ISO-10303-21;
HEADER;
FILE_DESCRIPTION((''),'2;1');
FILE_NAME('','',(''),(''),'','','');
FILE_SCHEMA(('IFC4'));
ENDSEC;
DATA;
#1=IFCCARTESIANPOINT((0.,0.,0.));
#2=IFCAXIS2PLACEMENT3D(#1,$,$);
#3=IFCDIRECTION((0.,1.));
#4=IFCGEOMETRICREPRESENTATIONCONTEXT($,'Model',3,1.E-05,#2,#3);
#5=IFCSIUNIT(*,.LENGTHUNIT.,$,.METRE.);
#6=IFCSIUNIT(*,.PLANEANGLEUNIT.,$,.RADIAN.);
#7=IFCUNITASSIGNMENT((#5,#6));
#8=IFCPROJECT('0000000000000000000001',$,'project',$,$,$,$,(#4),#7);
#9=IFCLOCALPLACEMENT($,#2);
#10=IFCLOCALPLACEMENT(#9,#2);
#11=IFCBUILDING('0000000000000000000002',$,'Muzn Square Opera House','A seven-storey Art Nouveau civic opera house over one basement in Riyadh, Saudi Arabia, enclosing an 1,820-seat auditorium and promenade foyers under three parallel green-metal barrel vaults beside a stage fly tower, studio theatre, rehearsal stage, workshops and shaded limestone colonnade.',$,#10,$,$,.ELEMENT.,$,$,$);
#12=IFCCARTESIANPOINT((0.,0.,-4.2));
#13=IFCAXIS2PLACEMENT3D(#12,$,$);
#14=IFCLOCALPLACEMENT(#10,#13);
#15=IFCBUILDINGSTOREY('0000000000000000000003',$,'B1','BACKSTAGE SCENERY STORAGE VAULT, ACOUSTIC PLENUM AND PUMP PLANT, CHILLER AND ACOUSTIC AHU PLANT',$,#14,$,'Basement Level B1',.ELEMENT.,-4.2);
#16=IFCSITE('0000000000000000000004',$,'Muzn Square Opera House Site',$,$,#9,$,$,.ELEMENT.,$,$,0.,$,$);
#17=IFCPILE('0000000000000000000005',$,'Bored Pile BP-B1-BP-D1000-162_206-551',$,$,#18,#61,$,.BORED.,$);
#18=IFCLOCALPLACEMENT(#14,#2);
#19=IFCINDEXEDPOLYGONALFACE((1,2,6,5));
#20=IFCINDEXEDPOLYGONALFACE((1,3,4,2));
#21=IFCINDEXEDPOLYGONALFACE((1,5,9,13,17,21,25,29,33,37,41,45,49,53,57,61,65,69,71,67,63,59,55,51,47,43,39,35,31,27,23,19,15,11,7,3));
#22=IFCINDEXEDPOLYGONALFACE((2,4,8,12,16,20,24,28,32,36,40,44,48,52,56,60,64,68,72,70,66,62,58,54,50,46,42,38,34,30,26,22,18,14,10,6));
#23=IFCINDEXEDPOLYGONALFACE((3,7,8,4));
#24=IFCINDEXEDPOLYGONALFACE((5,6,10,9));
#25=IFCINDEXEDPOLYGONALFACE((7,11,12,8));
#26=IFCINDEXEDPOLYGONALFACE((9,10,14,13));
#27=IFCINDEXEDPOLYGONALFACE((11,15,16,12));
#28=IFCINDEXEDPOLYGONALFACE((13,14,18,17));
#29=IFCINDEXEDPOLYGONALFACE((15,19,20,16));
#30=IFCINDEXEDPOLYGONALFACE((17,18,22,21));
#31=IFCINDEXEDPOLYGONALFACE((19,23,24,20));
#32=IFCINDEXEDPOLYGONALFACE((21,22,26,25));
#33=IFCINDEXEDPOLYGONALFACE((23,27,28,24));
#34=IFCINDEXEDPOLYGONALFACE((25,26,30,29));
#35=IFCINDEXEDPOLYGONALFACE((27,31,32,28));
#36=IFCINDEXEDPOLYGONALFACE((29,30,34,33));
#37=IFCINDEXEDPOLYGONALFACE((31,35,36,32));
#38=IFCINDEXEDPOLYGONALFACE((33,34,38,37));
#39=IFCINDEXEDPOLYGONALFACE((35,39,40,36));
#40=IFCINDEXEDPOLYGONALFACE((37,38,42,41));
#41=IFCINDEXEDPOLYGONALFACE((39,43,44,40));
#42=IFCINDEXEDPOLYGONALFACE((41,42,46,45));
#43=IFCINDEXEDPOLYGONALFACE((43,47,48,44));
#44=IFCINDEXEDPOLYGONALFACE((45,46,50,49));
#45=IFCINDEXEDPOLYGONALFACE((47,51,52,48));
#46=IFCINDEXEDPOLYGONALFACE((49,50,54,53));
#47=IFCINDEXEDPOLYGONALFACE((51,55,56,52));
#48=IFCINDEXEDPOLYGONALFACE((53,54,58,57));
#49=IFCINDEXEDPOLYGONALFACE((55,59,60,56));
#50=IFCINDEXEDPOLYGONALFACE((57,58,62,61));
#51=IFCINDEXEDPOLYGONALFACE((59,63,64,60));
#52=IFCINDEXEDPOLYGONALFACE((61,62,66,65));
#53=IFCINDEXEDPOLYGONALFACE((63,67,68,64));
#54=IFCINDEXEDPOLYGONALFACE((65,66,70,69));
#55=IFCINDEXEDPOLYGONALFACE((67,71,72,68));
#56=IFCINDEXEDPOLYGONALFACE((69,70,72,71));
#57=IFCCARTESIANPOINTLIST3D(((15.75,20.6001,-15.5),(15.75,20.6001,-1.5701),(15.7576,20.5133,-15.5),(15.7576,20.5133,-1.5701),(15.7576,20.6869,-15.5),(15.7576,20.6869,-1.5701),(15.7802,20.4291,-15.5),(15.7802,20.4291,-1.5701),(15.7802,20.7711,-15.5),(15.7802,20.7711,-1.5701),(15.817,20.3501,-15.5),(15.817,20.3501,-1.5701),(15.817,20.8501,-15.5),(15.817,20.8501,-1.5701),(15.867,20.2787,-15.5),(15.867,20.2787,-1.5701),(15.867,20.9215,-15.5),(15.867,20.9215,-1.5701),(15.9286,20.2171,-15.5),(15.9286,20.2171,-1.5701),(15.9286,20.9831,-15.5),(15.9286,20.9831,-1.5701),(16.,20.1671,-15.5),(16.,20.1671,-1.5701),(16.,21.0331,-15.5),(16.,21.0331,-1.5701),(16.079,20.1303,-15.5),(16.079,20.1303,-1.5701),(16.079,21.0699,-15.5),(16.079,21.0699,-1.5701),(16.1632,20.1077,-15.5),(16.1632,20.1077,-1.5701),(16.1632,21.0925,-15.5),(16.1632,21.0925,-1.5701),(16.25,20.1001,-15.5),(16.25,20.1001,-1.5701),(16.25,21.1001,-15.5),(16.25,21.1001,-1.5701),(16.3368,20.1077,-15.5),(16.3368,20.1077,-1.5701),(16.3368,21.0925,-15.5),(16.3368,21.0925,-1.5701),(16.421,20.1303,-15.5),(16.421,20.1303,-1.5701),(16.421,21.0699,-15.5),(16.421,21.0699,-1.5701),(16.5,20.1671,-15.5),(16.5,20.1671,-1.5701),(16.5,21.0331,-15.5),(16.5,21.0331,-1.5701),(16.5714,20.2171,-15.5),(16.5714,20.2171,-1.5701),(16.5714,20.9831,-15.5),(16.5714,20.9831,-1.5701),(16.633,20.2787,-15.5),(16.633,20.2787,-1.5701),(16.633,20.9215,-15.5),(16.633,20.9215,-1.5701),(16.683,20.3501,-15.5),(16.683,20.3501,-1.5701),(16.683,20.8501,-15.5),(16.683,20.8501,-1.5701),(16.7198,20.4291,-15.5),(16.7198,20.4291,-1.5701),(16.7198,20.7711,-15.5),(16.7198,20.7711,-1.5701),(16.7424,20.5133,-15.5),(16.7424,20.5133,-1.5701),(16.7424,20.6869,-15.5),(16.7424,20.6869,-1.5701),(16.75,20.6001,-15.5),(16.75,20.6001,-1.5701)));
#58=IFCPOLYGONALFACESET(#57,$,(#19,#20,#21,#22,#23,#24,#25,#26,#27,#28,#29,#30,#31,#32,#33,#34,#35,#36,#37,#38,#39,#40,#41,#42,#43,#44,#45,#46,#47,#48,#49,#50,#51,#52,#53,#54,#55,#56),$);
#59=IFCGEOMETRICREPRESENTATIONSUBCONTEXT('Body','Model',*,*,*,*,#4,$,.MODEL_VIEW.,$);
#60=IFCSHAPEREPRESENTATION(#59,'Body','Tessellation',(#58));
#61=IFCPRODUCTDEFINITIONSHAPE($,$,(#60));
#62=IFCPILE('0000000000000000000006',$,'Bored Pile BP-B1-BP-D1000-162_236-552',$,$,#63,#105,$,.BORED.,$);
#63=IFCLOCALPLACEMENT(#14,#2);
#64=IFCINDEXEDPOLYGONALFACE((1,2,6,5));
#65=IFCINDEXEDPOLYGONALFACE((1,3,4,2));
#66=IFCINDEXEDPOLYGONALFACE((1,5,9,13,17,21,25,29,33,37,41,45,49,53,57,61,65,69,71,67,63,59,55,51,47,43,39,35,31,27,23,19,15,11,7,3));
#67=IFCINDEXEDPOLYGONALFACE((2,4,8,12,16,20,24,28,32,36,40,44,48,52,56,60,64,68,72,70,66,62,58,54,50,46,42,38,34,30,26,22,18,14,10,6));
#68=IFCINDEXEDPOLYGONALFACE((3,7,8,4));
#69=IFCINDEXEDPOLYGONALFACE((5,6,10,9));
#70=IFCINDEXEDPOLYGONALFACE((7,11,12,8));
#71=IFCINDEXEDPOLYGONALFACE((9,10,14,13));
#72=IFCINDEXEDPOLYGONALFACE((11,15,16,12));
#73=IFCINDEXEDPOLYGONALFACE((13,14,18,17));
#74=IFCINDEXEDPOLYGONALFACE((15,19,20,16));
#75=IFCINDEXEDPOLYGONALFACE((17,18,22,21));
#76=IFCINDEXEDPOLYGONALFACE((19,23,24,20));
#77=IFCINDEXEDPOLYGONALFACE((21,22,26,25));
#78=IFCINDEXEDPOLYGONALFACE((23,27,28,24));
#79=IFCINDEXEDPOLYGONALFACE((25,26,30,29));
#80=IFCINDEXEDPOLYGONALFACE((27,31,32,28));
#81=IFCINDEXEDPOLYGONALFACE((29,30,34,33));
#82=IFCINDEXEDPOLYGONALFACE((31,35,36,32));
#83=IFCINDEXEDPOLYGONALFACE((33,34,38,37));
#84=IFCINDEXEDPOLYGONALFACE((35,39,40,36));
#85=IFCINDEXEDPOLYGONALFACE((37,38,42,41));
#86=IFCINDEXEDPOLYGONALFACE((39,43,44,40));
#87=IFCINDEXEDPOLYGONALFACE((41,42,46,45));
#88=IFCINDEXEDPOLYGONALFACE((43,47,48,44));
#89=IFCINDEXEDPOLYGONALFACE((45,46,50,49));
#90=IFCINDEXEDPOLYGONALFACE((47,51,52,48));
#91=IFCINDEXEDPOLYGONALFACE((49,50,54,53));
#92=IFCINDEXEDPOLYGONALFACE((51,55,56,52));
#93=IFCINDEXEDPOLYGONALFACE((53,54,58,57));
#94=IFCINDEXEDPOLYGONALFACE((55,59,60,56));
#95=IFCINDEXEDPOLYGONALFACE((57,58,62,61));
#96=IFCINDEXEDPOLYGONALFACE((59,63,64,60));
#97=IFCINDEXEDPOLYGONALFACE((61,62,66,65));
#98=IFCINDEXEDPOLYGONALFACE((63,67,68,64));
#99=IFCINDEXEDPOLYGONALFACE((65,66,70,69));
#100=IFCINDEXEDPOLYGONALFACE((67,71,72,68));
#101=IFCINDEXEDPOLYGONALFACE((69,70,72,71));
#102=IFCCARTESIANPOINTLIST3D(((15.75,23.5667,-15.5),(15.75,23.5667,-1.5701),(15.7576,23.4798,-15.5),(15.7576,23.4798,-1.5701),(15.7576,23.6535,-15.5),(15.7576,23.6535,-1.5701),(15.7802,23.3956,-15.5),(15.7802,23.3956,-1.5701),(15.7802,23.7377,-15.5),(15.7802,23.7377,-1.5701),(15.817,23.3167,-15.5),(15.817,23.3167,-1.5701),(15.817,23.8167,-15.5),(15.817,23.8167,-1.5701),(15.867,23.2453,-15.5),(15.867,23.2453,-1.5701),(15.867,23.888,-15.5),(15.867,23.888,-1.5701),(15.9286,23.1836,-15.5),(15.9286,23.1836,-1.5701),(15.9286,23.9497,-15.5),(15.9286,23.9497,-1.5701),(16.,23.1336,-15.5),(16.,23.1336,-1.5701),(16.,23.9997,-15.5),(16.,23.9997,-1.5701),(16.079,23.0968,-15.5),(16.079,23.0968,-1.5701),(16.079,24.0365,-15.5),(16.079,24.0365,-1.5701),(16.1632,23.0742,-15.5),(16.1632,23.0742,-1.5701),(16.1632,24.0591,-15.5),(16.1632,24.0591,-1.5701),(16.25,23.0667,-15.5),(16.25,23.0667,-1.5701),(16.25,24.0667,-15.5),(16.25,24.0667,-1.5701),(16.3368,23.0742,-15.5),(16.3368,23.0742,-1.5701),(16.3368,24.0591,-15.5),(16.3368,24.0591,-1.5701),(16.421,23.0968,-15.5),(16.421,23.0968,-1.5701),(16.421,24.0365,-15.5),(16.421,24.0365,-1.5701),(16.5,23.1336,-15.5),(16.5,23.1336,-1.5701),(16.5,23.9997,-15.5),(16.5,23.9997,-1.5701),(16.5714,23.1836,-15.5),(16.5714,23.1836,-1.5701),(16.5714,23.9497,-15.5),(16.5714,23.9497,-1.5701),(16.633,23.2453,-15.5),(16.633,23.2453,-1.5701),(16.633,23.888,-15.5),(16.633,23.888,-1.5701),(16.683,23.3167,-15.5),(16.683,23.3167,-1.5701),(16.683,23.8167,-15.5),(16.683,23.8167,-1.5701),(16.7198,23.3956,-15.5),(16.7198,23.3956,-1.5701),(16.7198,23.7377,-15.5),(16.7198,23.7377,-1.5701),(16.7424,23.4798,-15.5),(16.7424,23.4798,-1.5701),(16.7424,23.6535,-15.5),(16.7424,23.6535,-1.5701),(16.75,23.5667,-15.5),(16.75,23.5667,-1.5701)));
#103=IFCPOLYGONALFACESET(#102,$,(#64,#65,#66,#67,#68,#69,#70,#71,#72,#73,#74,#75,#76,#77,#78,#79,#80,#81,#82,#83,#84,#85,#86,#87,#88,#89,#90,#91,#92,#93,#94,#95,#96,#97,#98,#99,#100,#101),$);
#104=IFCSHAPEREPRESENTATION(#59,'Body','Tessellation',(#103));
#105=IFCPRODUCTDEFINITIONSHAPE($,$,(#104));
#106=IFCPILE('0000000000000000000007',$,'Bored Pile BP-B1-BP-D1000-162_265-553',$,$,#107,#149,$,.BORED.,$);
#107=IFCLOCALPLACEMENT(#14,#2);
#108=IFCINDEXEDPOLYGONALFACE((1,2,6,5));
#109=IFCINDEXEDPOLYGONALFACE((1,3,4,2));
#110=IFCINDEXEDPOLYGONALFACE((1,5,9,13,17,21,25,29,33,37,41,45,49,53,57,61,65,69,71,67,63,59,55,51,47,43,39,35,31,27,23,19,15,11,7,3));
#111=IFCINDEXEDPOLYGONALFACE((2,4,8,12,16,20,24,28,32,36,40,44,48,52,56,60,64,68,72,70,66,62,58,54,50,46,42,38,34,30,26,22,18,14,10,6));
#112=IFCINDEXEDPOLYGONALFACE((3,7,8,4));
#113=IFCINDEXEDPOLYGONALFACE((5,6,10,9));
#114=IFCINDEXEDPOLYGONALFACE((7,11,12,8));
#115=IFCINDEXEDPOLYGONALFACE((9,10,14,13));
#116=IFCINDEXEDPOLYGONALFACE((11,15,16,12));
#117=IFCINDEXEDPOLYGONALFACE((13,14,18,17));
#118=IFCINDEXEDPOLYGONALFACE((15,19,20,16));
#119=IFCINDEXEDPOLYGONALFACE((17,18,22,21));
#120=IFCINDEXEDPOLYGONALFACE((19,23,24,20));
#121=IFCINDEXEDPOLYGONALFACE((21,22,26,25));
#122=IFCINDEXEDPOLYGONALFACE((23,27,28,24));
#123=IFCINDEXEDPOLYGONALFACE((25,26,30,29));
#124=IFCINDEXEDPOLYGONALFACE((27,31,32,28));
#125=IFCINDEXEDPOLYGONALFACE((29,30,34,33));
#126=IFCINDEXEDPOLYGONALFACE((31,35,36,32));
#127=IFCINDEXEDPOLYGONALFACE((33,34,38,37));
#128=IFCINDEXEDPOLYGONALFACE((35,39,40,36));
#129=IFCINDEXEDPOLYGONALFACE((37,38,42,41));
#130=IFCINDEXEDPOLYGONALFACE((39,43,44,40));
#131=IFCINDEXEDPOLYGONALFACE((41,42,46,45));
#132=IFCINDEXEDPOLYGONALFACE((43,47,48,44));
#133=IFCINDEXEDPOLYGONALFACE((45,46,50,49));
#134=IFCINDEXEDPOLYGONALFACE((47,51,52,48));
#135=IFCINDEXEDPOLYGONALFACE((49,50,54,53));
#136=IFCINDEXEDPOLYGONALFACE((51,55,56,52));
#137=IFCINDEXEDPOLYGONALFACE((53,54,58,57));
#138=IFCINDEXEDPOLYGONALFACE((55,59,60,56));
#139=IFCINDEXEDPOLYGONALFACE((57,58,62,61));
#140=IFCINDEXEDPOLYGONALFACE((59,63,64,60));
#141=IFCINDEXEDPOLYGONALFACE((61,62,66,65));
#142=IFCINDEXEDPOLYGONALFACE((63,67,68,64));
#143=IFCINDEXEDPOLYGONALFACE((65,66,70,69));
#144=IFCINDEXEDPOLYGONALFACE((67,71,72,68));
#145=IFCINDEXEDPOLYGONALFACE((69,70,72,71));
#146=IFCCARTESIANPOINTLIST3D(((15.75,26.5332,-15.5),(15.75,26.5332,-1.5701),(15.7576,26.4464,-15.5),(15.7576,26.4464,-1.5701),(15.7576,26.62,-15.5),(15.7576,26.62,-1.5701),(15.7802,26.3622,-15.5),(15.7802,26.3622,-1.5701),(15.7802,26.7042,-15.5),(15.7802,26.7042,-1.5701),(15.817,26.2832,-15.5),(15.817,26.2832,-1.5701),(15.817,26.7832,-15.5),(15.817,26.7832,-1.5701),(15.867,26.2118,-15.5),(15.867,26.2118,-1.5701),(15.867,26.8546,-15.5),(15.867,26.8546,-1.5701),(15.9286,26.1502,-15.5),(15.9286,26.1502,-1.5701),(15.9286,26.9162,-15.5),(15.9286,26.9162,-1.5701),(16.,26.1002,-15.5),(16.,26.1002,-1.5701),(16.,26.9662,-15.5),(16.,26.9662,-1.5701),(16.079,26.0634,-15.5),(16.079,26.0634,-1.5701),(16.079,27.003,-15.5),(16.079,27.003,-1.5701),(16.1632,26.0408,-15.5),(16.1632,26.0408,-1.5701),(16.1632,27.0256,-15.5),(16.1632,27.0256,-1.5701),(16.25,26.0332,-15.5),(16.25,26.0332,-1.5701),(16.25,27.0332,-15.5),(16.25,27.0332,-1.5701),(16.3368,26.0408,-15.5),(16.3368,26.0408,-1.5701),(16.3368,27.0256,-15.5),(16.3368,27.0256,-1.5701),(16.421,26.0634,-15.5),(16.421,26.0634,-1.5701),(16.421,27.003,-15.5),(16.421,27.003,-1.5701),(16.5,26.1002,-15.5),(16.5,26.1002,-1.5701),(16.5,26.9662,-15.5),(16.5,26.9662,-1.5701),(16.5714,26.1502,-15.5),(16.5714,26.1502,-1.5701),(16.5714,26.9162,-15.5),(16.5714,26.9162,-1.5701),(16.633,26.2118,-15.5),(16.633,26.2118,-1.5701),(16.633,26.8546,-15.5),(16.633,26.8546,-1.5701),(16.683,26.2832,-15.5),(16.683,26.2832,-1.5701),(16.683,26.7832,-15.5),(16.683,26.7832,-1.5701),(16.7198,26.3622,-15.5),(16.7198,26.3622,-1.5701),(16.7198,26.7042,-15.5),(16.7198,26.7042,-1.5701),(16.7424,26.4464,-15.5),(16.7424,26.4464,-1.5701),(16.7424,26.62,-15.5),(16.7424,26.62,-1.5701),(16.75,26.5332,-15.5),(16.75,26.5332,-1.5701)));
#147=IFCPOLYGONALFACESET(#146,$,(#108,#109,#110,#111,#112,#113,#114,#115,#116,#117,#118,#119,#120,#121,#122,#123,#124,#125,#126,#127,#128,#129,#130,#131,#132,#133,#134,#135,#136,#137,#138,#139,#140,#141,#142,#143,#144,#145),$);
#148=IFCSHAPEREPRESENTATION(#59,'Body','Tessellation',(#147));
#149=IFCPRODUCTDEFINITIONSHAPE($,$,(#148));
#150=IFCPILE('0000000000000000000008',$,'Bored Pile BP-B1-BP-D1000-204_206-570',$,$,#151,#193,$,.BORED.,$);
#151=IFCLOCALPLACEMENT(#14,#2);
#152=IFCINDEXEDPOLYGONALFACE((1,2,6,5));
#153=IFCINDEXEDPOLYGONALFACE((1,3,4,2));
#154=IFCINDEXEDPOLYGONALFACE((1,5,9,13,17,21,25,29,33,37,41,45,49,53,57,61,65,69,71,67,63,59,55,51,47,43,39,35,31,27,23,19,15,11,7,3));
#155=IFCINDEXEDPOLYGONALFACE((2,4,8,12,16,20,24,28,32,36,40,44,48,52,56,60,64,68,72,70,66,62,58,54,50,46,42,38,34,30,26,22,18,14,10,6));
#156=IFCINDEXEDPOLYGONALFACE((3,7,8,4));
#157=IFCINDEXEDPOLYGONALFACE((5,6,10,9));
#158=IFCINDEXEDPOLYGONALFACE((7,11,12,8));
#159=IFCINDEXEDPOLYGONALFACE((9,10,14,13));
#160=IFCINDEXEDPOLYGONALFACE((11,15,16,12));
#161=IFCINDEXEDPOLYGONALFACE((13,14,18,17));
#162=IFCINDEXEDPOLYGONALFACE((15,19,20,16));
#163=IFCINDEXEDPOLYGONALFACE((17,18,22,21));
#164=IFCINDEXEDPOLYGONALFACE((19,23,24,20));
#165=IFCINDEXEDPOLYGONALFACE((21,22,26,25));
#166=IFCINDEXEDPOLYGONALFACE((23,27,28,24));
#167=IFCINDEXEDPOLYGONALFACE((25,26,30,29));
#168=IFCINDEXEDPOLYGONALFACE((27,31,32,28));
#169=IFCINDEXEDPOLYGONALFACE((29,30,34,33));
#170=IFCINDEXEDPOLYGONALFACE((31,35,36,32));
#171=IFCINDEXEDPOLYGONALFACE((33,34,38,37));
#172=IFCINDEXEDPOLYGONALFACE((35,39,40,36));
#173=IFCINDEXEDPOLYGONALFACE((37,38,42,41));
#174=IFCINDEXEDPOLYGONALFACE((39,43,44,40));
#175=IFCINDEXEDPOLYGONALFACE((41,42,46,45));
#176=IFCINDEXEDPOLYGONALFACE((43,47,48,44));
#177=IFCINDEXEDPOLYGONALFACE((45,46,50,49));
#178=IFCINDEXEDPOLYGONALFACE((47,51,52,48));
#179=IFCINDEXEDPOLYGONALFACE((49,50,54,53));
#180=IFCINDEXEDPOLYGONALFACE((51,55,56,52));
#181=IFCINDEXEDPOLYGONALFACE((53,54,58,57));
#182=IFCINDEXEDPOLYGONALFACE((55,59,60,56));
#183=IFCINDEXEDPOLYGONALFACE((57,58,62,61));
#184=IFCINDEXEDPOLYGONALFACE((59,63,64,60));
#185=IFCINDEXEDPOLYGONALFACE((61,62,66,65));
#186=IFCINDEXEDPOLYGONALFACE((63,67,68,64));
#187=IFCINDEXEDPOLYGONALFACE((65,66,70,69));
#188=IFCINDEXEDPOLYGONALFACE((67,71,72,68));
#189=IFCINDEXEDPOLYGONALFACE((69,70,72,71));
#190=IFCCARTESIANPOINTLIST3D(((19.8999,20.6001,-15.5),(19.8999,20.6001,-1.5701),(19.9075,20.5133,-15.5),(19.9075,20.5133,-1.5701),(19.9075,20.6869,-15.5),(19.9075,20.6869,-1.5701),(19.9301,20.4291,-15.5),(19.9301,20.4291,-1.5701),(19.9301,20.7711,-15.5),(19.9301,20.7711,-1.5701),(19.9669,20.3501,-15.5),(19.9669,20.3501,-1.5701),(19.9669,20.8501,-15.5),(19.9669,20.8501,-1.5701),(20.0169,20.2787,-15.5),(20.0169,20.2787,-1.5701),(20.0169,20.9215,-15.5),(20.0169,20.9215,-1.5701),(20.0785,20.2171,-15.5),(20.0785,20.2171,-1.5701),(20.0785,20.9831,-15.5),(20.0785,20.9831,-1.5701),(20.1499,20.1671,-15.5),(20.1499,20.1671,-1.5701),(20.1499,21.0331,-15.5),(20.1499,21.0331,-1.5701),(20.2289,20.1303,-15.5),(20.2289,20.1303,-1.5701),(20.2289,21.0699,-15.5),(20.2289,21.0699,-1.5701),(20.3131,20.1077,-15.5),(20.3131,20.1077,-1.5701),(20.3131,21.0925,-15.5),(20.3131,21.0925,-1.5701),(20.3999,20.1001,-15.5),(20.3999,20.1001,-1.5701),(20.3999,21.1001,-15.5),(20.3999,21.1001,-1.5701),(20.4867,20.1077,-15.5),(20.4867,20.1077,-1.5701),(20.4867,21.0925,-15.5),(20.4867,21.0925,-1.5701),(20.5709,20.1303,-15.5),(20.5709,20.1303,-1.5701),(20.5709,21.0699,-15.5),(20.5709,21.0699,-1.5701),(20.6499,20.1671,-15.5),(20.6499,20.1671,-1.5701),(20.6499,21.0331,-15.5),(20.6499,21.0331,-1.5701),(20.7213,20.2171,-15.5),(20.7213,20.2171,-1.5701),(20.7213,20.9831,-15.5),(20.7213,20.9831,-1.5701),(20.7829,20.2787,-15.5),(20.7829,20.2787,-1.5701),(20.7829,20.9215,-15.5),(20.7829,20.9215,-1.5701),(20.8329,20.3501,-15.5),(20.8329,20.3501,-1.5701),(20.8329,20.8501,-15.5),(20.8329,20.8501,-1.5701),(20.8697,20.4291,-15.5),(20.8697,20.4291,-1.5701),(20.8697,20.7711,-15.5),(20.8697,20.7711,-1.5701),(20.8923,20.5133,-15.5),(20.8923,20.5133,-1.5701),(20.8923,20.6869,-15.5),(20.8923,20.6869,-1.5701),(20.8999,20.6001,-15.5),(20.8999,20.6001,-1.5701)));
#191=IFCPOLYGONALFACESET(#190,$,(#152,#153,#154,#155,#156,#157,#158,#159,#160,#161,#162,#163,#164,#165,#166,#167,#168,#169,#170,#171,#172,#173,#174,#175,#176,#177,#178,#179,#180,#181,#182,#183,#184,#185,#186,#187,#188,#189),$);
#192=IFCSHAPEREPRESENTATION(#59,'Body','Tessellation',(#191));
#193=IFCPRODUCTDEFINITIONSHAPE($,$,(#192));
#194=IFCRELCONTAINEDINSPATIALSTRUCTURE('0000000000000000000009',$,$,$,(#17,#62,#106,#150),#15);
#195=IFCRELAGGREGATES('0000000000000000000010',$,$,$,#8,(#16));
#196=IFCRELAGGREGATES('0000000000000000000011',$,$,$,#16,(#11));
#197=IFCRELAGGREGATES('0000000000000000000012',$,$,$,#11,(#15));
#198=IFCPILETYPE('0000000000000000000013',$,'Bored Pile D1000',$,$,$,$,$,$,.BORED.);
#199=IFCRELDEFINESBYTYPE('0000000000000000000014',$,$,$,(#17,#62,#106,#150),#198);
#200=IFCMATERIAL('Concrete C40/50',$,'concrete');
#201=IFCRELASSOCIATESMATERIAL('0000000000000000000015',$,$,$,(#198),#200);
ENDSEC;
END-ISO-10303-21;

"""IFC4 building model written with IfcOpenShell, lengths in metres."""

from ifc_helpers import new_model, si_unit, direction, frame, origin, origin_2d, place, context, subcontext, project, spatial, circle, extrude, material, material_profile, profile_set, type_object, element, save


model = new_model("IFC4")

# Units and contexts
model_context = context("Model", 3, precision=1e-05, world=origin(), true_north=direction((0.0, 1.0)))
body_context = subcontext(model_context, "Body", "Model", "MODEL_VIEW")
ifc_project = project(units=[si_unit("LENGTHUNIT", "METRE"), si_unit("PLANEANGLEUNIT", "RADIAN")], contexts=[model_context])

# Site, building, storey
site_placement = place(None, origin())
site = spatial("IfcSite", under=ifc_project, at=site_placement, Name="Muzn Square Opera House Site", CompositionType="ELEMENT", RefElevation=0.0)
building_placement = place(site_placement, origin())
building = spatial("IfcBuilding", under=site, at=building_placement, Name="Muzn Square Opera House", Description="A seven-storey Art Nouveau civic opera house over one basement in Riyadh, Saudi Arabia, enclosing an 1,820-seat auditorium and promenade foyers under three parallel green-metal barrel vaults beside a stage fly tower, studio theatre, rehearsal stage, workshops and shaded limestone colonnade.", CompositionType="ELEMENT")
storey_placement = place(building_placement, frame((0.0, 0.0, -4.2)))
storey = spatial("IfcBuildingStorey", under=building, at=storey_placement, Name="B1", Description="BACKSTAGE SCENERY STORAGE VAULT, ACOUSTIC PLENUM AND PUMP PLANT, CHILLER AND ACOUSTIC AHU PLANT", LongName="Basement Level B1", CompositionType="ELEMENT", Elevation=-4.2)

# Piles
ifc_material_1 = material(Name="Concrete C40/50", Category="concrete")
ifc_material_profile_1 = material_profile(ifc_material_1, circle(Radius=0.5, at=origin_2d()), Name="BORED PILE D1000", Category="concrete")
ifc_profile_set_1 = profile_set([ifc_material_profile_1], Name="Concrete C40/50")
pile_type = type_object("IfcPileType", Name="Bored Pile D1000", PredefinedType="BORED", material=ifc_profile_set_1)
for number, where, z_axis, x_axis, name in (
    (1, (16.25, 20.6001, -1.5701), (0.0, 0.0, -1.0), (1.0, 0.0, 0.0), "Bored Pile BP-B1-BP-D1000-162_206-551"),
    (2, (16.25, 23.5667, -1.5701), (0.0, 0.0, -1.0), (1.0, 0.0, 0.0), "Bored Pile BP-B1-BP-D1000-162_236-552"),
    (3, (16.25, 26.5332, -1.5701), (0.0, 0.0, -1.0), (1.0, 0.0, 0.0), "Bored Pile BP-B1-BP-D1000-162_265-553"),
    (4, (20.3999, 20.6001, -1.5701), (0.0, 0.0, -1.0), (1.0, 0.0, 0.0), "Bored Pile BP-B1-BP-D1000-204_206-570"),
):
    element("IfcPile", number, at=place(storey_placement, frame(where, z_axis=z_axis, x_axis=x_axis)), inside=storey, type_object=pile_type, Name=name, PredefinedType="BORED", context=body_context, shape_type="SweptSolid", body=[
        extrude(circle(Radius=0.5, at=origin_2d()), origin(), (0.0, 0.0, 1.0), 13.9299),
    ])

save(model, "model.ifc")
